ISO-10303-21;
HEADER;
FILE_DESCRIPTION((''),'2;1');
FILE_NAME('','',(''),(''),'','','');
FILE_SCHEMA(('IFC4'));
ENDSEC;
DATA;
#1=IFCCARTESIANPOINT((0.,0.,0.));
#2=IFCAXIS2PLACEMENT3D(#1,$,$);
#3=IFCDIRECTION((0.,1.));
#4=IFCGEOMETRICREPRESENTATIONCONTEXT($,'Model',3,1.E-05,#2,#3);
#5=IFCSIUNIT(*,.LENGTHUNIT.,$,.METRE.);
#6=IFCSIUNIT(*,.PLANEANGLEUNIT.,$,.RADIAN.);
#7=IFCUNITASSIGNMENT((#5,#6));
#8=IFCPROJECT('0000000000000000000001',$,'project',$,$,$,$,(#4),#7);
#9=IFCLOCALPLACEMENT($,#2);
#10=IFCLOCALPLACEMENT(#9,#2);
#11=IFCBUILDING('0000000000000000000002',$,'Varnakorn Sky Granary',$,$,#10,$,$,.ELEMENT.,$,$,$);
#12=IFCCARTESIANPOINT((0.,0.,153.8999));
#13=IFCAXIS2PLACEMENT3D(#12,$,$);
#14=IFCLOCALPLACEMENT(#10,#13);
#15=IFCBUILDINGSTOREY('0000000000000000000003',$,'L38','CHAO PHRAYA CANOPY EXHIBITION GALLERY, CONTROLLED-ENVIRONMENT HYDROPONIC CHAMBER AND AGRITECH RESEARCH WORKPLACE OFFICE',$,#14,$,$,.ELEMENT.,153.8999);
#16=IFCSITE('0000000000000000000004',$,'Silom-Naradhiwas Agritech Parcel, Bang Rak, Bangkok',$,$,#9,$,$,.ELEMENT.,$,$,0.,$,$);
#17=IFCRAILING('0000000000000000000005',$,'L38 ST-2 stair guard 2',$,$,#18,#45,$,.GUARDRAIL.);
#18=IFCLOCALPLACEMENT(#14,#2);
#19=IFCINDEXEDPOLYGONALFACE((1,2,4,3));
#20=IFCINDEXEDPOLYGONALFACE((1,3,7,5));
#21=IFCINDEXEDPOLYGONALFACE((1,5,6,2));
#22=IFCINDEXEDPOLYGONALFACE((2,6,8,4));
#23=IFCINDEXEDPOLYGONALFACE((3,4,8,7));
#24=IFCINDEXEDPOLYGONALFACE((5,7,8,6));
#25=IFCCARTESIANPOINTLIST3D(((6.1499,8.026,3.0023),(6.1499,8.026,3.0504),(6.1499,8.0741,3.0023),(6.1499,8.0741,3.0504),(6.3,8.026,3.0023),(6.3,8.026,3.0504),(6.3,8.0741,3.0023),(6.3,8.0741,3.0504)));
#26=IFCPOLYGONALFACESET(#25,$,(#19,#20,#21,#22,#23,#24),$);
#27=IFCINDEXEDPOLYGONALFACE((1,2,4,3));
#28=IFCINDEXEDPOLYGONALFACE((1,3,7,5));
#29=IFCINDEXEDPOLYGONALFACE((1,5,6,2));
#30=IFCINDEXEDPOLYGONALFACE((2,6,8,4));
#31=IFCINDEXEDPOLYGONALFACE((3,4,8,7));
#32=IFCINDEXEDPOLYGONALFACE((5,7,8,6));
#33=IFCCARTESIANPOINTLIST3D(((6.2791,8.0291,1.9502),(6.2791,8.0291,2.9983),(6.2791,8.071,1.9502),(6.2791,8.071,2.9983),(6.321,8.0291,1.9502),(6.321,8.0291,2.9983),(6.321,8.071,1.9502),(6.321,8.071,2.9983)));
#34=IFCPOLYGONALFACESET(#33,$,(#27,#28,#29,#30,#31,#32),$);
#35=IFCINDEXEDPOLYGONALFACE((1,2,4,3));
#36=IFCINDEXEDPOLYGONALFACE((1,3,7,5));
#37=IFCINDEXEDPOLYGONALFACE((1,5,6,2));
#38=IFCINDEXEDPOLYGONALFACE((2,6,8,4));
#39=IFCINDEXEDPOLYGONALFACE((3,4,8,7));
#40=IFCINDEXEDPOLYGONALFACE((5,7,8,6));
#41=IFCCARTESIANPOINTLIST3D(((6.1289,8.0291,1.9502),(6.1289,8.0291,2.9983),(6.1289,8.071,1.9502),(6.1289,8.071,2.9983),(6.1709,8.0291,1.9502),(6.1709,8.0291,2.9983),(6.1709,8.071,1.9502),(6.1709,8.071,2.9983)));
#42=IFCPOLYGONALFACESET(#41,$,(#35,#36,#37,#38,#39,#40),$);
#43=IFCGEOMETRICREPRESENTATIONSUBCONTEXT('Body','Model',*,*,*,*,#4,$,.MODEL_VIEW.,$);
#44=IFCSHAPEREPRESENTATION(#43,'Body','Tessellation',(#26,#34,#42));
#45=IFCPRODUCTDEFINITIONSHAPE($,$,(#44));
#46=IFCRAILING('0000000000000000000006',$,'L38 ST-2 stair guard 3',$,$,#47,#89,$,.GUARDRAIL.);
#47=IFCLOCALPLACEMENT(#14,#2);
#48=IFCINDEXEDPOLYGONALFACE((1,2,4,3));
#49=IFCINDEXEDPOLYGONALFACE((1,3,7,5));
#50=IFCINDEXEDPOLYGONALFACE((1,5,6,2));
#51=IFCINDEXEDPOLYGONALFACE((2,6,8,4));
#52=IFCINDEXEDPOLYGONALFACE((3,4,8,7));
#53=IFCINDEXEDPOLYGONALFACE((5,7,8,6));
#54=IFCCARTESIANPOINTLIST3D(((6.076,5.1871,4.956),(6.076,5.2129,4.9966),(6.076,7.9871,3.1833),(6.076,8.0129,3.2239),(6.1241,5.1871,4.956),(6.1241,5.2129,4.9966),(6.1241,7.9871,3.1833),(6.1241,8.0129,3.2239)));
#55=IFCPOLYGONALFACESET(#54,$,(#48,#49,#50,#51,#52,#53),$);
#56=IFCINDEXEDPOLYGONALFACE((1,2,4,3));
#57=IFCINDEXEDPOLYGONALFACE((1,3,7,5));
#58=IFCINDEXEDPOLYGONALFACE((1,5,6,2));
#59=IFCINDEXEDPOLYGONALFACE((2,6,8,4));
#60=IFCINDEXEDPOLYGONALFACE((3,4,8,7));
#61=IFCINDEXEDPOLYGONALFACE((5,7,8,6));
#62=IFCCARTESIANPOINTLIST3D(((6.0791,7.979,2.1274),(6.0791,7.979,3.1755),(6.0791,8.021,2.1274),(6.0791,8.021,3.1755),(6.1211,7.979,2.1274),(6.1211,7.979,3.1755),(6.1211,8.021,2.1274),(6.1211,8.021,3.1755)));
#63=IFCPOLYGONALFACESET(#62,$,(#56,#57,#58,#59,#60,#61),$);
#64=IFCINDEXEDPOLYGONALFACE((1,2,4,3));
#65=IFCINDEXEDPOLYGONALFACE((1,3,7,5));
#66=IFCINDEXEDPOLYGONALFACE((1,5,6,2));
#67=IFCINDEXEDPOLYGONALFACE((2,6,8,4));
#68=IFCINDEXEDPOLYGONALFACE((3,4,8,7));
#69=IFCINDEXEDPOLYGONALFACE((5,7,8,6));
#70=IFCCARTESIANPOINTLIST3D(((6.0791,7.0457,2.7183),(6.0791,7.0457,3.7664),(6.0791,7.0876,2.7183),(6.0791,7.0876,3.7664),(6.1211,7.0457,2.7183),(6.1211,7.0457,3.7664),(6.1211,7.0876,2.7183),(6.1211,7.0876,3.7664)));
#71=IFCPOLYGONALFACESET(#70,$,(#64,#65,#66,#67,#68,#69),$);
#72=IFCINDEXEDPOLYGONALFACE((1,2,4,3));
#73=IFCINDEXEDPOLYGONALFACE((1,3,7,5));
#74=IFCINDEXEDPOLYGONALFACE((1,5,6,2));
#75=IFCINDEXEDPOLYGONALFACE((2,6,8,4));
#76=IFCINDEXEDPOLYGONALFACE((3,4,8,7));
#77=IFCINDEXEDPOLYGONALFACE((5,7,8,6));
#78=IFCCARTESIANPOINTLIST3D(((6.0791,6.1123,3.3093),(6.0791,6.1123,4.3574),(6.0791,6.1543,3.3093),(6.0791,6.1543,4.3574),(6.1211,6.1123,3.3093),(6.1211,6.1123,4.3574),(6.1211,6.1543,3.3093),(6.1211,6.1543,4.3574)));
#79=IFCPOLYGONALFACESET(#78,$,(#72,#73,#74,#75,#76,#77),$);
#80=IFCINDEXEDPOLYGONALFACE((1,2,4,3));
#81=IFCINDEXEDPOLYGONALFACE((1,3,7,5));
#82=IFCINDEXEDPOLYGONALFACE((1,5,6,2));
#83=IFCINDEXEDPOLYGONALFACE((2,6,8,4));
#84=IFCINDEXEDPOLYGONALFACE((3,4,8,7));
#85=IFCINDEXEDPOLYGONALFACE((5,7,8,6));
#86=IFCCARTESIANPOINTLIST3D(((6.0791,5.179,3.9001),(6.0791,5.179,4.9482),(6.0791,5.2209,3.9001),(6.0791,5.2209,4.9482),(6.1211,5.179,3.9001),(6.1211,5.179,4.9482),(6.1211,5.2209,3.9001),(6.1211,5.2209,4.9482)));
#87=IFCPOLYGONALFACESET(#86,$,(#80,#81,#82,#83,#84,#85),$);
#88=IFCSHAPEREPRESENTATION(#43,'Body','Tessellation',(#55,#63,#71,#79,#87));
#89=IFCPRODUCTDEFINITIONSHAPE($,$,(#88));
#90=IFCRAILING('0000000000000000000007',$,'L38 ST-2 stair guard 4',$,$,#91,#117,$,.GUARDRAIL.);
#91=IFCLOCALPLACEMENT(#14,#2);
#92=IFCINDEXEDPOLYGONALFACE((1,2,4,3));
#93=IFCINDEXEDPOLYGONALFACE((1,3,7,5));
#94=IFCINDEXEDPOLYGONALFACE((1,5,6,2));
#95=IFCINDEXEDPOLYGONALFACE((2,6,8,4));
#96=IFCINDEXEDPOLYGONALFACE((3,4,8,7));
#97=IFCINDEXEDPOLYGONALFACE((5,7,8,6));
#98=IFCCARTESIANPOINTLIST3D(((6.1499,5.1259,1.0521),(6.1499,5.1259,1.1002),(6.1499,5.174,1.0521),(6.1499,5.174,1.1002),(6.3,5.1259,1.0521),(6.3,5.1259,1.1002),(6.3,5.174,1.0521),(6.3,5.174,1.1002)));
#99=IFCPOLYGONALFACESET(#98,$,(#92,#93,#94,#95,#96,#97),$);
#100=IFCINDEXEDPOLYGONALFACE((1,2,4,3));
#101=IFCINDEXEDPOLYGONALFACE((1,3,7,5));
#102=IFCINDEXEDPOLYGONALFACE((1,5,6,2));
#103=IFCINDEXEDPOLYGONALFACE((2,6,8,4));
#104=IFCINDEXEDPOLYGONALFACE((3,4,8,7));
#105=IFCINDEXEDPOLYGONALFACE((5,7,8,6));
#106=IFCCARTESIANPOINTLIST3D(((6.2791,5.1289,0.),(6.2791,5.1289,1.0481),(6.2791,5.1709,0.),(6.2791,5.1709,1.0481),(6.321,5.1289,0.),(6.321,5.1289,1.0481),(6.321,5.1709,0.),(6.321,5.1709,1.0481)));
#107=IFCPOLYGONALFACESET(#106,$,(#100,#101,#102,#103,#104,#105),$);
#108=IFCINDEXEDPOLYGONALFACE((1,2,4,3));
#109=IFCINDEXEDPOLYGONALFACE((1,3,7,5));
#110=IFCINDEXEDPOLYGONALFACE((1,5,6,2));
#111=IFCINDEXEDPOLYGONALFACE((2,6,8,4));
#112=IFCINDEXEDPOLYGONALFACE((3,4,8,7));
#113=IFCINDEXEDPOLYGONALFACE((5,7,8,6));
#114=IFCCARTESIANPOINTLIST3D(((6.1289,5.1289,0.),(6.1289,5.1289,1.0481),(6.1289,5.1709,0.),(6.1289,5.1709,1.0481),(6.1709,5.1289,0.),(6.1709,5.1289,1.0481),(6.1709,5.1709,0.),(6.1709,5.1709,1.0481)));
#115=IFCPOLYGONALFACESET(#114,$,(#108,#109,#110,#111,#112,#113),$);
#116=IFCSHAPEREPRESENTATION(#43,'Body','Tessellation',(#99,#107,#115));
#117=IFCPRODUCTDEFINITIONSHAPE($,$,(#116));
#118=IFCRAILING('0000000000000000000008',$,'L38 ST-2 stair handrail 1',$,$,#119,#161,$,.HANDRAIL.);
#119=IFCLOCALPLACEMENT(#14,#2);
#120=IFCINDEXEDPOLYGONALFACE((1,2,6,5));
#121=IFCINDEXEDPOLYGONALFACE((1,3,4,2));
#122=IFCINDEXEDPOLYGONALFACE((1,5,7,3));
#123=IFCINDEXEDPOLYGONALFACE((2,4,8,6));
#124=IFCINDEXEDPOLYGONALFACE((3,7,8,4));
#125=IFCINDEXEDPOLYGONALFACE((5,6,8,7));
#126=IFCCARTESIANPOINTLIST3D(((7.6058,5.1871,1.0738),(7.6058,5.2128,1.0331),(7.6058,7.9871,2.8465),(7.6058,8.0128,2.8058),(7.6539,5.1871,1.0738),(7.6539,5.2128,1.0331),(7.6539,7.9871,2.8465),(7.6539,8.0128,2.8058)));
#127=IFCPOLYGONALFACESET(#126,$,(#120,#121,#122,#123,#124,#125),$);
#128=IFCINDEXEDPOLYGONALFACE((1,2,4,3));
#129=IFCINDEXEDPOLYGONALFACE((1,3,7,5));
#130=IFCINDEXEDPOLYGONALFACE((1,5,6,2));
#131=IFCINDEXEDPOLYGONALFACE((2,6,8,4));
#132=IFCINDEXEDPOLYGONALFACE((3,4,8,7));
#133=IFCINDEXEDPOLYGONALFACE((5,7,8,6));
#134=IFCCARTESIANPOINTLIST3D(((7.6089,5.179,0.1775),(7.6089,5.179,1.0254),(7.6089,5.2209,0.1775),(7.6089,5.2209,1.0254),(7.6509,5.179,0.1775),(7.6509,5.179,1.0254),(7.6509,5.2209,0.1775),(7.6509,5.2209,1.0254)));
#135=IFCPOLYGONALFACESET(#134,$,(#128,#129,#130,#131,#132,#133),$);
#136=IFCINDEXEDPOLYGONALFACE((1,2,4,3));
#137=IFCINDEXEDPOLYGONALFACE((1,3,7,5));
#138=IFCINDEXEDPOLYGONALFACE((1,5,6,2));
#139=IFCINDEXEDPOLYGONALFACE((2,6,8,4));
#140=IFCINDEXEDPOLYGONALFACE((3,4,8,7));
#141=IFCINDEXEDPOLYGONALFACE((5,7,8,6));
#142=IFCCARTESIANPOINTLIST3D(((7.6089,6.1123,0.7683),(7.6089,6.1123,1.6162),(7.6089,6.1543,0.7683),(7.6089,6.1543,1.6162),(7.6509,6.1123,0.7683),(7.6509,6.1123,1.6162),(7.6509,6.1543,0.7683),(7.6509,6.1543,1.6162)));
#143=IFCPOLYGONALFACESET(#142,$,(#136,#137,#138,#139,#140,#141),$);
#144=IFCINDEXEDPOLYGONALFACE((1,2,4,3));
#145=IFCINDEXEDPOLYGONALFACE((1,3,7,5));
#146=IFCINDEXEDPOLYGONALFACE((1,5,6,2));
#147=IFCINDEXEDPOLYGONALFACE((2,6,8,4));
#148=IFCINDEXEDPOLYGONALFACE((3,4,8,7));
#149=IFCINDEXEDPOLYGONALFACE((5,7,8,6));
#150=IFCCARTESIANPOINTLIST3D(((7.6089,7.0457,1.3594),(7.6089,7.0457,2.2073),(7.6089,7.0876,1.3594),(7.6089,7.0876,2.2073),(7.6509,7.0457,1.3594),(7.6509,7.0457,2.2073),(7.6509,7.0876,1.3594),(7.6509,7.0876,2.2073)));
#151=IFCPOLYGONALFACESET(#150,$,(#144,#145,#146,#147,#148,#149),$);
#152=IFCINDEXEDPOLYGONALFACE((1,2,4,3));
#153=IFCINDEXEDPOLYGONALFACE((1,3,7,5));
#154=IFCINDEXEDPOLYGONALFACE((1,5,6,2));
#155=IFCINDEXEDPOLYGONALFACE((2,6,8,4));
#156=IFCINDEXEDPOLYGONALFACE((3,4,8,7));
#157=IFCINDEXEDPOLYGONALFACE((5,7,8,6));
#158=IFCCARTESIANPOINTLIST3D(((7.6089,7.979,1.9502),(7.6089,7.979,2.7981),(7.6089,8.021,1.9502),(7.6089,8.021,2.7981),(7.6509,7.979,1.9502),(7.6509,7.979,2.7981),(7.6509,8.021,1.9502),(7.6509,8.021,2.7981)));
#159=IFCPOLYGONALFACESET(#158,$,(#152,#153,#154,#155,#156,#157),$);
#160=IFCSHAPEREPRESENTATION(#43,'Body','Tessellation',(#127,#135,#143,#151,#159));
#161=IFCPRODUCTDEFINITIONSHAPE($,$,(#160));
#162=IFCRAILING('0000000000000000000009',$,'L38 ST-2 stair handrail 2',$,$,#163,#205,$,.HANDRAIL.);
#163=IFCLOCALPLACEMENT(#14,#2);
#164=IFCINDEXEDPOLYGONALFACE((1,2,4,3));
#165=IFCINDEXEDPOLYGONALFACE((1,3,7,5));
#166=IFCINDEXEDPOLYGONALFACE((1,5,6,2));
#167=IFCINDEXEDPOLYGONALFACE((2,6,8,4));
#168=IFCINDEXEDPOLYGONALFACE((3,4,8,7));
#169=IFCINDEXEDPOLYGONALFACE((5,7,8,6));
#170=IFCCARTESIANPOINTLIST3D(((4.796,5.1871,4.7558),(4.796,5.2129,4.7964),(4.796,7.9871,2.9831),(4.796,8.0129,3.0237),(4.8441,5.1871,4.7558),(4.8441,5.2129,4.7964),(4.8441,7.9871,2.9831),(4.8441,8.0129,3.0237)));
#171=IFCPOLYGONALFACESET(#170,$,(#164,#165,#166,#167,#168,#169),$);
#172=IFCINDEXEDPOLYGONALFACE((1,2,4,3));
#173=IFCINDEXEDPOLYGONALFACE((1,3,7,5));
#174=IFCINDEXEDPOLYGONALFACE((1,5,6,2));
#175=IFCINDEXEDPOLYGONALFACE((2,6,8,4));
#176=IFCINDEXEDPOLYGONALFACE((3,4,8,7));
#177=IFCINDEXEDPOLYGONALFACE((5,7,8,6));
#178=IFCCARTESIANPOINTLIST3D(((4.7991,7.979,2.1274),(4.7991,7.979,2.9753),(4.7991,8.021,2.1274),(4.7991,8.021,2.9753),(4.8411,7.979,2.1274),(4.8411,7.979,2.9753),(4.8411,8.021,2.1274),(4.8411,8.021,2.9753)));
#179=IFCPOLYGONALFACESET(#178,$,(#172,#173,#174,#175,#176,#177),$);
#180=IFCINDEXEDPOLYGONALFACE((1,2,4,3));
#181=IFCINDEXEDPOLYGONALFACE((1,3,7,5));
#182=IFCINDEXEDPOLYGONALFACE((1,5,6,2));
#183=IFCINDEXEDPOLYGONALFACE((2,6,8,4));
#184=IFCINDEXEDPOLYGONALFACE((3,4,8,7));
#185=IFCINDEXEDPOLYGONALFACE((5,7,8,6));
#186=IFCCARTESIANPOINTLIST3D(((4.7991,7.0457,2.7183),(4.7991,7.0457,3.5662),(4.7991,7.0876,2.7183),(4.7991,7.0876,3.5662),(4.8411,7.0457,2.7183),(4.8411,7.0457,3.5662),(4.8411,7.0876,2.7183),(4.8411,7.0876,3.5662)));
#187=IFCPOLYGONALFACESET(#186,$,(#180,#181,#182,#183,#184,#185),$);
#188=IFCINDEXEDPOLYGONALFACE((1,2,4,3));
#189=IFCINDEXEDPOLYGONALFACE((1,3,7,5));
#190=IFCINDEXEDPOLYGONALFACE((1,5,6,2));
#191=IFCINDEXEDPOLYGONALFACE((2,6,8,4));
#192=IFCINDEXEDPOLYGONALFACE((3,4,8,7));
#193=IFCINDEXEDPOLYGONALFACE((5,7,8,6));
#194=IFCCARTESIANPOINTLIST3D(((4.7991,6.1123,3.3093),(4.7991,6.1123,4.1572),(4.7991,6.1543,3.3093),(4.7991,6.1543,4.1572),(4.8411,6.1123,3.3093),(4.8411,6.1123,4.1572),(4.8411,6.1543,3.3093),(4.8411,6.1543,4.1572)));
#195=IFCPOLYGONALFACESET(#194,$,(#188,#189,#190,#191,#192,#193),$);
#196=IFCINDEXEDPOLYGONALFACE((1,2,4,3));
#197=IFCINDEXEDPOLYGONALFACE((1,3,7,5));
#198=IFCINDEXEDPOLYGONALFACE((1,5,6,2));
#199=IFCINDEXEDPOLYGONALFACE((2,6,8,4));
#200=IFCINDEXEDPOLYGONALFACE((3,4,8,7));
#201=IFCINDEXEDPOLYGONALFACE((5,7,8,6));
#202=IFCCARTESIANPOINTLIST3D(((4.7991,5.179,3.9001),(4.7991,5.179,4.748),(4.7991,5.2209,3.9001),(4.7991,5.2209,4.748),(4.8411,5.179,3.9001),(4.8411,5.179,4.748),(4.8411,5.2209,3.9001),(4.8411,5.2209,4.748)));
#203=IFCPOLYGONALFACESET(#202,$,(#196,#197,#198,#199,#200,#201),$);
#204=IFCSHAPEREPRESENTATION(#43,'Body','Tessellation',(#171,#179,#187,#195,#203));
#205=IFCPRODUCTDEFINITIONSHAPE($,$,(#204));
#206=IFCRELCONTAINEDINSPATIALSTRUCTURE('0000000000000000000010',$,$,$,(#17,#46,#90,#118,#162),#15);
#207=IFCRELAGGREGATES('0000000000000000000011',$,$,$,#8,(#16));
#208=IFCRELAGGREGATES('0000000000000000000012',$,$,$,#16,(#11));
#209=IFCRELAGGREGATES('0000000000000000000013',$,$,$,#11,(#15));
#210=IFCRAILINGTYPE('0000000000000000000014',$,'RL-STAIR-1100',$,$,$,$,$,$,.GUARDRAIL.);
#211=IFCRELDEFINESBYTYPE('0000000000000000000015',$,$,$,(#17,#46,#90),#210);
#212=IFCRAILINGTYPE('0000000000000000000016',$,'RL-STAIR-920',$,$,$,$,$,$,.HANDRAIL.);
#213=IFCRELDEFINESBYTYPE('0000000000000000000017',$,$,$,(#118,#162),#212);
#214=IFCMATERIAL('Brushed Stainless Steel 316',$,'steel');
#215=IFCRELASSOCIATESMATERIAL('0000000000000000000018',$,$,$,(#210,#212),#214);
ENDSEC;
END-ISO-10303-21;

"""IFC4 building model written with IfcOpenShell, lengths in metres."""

from ifc_helpers import new_model, si_unit, direction, frame, origin, origin_2d, place, context, subcontext, project, spatial, rectangle, extrude, material, type_object, element, save


model = new_model("IFC4")

# Units and contexts
model_context = context("Model", 3, precision=1e-05, world=origin(), true_north=direction((0.0, 1.0)))
body_context = subcontext(model_context, "Body", "Model", "MODEL_VIEW")
ifc_project = project(units=[si_unit("LENGTHUNIT", "METRE"), si_unit("PLANEANGLEUNIT", "RADIAN")], contexts=[model_context])

# Site, building, storey
site_placement = place(None, origin())
site = spatial("IfcSite", under=ifc_project, at=site_placement, Name="Silom-Naradhiwas Agritech Parcel, Bang Rak, Bangkok", CompositionType="ELEMENT", RefElevation=0.0)
building_placement = place(site_placement, origin())
building = spatial("IfcBuilding", under=site, at=building_placement, Name="Varnakorn Sky Granary", CompositionType="ELEMENT")
storey_placement = place(building_placement, frame((0.0, 0.0, 153.8999)))
storey = spatial("IfcBuildingStorey", under=building, at=storey_placement, Name="L38", Description="CHAO PHRAYA CANOPY EXHIBITION GALLERY, CONTROLLED-ENVIRONMENT HYDROPONIC CHAMBER AND AGRITECH RESEARCH WORKPLACE OFFICE", CompositionType="ELEMENT", Elevation=153.8999)

# Railings
ifc_material_1 = material(Name="Brushed Stainless Steel 316", Category="steel")
railing_type_1 = type_object("IfcRailingType", Name="RL-STAIR-1100", PredefinedType="GUARDRAIL", material=ifc_material_1)
railing_1_placement = place(storey_placement, frame((6.3, 8.05, 1.9502)))
element("IfcRailing", 1, at=railing_1_placement, inside=storey, type_object=railing_type_1, Name="L38 ST-2 stair guard 2", PredefinedType="GUARDRAIL", context=body_context, shape_type="SweptSolid", body=[
    extrude(rectangle(XDim=0.0481, YDim=0.0481, at=origin_2d()), frame((0.0, 0.0, 1.0762), z_axis=(-1.0, 0.0, 0.0), x_axis=(0.0, -1.0, 0.0)), (0.0, 0.0, 1.0), 0.1501),
    extrude(rectangle(XDim=0.042, YDim=0.042, at=origin_2d()), origin(), (0.0, 0.0, 1.0), 1.0481),
    extrude(rectangle(XDim=0.042, YDim=0.042, at=origin_2d()), frame((-0.1501, 0.0, 0.0)), (0.0, 0.0, 1.0), 1.0481),
])
railing_2_placement = place(storey_placement, frame((6.1001, 8.0, 2.1274)))
element("IfcRailing", 2, at=railing_2_placement, inside=storey, type_object=railing_type_1, Name="L38 ST-2 stair guard 3", PredefinedType="GUARDRAIL", context=body_context, shape_type="SweptSolid", body=[
    extrude(rectangle(XDim=0.0481, YDim=0.0481, at=origin_2d()), frame((0.0, 0.0, 1.0762), z_axis=(0.0, -0.844909, 0.53491), x_axis=(1.0, 0.0, 0.0)), (0.0, 0.0, 1.0), 3.314),
    extrude(rectangle(XDim=0.042, YDim=0.042, at=origin_2d()), origin(), (0.0, 0.0, 1.0), 1.0481),
    extrude(rectangle(XDim=0.042, YDim=0.042, at=origin_2d()), frame((0.0, -0.9333, 0.5908)), (0.0, 0.0, 1.0), 1.0481),
    extrude(rectangle(XDim=0.042, YDim=0.042, at=origin_2d()), frame((0.0, -1.8667, 1.1819)), (0.0, 0.0, 1.0), 1.0481),
    extrude(rectangle(XDim=0.042, YDim=0.042, at=origin_2d()), frame((0.0, -2.8, 1.7727)), (0.0, 0.0, 1.0), 1.0481),
])
railing_3_placement = place(storey_placement, frame((6.3, 5.1499, 0.0)))
element("IfcRailing", 3, at=railing_3_placement, inside=storey, type_object=railing_type_1, Name="L38 ST-2 stair guard 4", PredefinedType="GUARDRAIL", context=body_context, shape_type="SweptSolid", body=[
    extrude(rectangle(XDim=0.0481, YDim=0.0481, at=origin_2d()), frame((0.0, 0.0, 1.0762), z_axis=(-1.0, 0.0, 0.0), x_axis=(0.0, -1.0, 0.0)), (0.0, 0.0, 1.0), 0.1501),
    extrude(rectangle(XDim=0.042, YDim=0.042, at=origin_2d()), origin(), (0.0, 0.0, 1.0), 1.0481),
    extrude(rectangle(XDim=0.042, YDim=0.042, at=origin_2d()), frame((-0.1501, 0.0, 0.0)), (0.0, 0.0, 1.0), 1.0481),
])
railing_type_2 = type_object("IfcRailingType", Name="RL-STAIR-920", PredefinedType="HANDRAIL", material=ifc_material_1)
railing_4_placement = place(storey_placement, frame((7.6299, 5.2, 0.1775)))
element("IfcRailing", 4, at=railing_4_placement, inside=storey, type_object=railing_type_2, Name="L38 ST-2 stair handrail 1", PredefinedType="HANDRAIL", context=body_context, shape_type="SweptSolid", body=[
    extrude(rectangle(XDim=0.0481, YDim=0.0481, at=origin_2d()), frame((0.0, 0.0, 0.876), z_axis=(0.0, 0.844909, 0.53491), x_axis=(-1.0, 0.0, 0.0)), (0.0, 0.0, 1.0), 3.314),
    extrude(rectangle(XDim=0.042, YDim=0.042, at=origin_2d()), origin(), (0.0, 0.0, 1.0), 0.8479),
    extrude(rectangle(XDim=0.042, YDim=0.042, at=origin_2d()), frame((0.0, 0.9333, 0.5908)), (0.0, 0.0, 1.0), 0.8479),
    extrude(rectangle(XDim=0.042, YDim=0.042, at=origin_2d()), frame((0.0, 1.8667, 1.1819)), (0.0, 0.0, 1.0), 0.8479),
    extrude(rectangle(XDim=0.042, YDim=0.042, at=origin_2d()), frame((0.0, 2.8, 1.7727)), (0.0, 0.0, 1.0), 0.8479),
])
railing_5_placement = place(storey_placement, frame((4.8201, 8.0, 2.1274)))
element("IfcRailing", 5, at=railing_5_placement, inside=storey, type_object=railing_type_2, Name="L38 ST-2 stair handrail 2", PredefinedType="HANDRAIL", context=body_context, shape_type="SweptSolid", body=[
    extrude(rectangle(XDim=0.0481, YDim=0.0481, at=origin_2d()), frame((0.0, 0.0, 0.876), z_axis=(0.0, -0.844909, 0.53491), x_axis=(1.0, 0.0, 0.0)), (0.0, 0.0, 1.0), 3.314),
    extrude(rectangle(XDim=0.042, YDim=0.042, at=origin_2d()), origin(), (0.0, 0.0, 1.0), 0.8479),
    extrude(rectangle(XDim=0.042, YDim=0.042, at=origin_2d()), frame((0.0, -0.9333, 0.5908)), (0.0, 0.0, 1.0), 0.8479),
    extrude(rectangle(XDim=0.042, YDim=0.042, at=origin_2d()), frame((0.0, -1.8667, 1.1819)), (0.0, 0.0, 1.0), 0.8479),
    extrude(rectangle(XDim=0.042, YDim=0.042, at=origin_2d()), frame((0.0, -2.8, 1.7727)), (0.0, 0.0, 1.0), 0.8479),
])

save(model, "model.ifc")
